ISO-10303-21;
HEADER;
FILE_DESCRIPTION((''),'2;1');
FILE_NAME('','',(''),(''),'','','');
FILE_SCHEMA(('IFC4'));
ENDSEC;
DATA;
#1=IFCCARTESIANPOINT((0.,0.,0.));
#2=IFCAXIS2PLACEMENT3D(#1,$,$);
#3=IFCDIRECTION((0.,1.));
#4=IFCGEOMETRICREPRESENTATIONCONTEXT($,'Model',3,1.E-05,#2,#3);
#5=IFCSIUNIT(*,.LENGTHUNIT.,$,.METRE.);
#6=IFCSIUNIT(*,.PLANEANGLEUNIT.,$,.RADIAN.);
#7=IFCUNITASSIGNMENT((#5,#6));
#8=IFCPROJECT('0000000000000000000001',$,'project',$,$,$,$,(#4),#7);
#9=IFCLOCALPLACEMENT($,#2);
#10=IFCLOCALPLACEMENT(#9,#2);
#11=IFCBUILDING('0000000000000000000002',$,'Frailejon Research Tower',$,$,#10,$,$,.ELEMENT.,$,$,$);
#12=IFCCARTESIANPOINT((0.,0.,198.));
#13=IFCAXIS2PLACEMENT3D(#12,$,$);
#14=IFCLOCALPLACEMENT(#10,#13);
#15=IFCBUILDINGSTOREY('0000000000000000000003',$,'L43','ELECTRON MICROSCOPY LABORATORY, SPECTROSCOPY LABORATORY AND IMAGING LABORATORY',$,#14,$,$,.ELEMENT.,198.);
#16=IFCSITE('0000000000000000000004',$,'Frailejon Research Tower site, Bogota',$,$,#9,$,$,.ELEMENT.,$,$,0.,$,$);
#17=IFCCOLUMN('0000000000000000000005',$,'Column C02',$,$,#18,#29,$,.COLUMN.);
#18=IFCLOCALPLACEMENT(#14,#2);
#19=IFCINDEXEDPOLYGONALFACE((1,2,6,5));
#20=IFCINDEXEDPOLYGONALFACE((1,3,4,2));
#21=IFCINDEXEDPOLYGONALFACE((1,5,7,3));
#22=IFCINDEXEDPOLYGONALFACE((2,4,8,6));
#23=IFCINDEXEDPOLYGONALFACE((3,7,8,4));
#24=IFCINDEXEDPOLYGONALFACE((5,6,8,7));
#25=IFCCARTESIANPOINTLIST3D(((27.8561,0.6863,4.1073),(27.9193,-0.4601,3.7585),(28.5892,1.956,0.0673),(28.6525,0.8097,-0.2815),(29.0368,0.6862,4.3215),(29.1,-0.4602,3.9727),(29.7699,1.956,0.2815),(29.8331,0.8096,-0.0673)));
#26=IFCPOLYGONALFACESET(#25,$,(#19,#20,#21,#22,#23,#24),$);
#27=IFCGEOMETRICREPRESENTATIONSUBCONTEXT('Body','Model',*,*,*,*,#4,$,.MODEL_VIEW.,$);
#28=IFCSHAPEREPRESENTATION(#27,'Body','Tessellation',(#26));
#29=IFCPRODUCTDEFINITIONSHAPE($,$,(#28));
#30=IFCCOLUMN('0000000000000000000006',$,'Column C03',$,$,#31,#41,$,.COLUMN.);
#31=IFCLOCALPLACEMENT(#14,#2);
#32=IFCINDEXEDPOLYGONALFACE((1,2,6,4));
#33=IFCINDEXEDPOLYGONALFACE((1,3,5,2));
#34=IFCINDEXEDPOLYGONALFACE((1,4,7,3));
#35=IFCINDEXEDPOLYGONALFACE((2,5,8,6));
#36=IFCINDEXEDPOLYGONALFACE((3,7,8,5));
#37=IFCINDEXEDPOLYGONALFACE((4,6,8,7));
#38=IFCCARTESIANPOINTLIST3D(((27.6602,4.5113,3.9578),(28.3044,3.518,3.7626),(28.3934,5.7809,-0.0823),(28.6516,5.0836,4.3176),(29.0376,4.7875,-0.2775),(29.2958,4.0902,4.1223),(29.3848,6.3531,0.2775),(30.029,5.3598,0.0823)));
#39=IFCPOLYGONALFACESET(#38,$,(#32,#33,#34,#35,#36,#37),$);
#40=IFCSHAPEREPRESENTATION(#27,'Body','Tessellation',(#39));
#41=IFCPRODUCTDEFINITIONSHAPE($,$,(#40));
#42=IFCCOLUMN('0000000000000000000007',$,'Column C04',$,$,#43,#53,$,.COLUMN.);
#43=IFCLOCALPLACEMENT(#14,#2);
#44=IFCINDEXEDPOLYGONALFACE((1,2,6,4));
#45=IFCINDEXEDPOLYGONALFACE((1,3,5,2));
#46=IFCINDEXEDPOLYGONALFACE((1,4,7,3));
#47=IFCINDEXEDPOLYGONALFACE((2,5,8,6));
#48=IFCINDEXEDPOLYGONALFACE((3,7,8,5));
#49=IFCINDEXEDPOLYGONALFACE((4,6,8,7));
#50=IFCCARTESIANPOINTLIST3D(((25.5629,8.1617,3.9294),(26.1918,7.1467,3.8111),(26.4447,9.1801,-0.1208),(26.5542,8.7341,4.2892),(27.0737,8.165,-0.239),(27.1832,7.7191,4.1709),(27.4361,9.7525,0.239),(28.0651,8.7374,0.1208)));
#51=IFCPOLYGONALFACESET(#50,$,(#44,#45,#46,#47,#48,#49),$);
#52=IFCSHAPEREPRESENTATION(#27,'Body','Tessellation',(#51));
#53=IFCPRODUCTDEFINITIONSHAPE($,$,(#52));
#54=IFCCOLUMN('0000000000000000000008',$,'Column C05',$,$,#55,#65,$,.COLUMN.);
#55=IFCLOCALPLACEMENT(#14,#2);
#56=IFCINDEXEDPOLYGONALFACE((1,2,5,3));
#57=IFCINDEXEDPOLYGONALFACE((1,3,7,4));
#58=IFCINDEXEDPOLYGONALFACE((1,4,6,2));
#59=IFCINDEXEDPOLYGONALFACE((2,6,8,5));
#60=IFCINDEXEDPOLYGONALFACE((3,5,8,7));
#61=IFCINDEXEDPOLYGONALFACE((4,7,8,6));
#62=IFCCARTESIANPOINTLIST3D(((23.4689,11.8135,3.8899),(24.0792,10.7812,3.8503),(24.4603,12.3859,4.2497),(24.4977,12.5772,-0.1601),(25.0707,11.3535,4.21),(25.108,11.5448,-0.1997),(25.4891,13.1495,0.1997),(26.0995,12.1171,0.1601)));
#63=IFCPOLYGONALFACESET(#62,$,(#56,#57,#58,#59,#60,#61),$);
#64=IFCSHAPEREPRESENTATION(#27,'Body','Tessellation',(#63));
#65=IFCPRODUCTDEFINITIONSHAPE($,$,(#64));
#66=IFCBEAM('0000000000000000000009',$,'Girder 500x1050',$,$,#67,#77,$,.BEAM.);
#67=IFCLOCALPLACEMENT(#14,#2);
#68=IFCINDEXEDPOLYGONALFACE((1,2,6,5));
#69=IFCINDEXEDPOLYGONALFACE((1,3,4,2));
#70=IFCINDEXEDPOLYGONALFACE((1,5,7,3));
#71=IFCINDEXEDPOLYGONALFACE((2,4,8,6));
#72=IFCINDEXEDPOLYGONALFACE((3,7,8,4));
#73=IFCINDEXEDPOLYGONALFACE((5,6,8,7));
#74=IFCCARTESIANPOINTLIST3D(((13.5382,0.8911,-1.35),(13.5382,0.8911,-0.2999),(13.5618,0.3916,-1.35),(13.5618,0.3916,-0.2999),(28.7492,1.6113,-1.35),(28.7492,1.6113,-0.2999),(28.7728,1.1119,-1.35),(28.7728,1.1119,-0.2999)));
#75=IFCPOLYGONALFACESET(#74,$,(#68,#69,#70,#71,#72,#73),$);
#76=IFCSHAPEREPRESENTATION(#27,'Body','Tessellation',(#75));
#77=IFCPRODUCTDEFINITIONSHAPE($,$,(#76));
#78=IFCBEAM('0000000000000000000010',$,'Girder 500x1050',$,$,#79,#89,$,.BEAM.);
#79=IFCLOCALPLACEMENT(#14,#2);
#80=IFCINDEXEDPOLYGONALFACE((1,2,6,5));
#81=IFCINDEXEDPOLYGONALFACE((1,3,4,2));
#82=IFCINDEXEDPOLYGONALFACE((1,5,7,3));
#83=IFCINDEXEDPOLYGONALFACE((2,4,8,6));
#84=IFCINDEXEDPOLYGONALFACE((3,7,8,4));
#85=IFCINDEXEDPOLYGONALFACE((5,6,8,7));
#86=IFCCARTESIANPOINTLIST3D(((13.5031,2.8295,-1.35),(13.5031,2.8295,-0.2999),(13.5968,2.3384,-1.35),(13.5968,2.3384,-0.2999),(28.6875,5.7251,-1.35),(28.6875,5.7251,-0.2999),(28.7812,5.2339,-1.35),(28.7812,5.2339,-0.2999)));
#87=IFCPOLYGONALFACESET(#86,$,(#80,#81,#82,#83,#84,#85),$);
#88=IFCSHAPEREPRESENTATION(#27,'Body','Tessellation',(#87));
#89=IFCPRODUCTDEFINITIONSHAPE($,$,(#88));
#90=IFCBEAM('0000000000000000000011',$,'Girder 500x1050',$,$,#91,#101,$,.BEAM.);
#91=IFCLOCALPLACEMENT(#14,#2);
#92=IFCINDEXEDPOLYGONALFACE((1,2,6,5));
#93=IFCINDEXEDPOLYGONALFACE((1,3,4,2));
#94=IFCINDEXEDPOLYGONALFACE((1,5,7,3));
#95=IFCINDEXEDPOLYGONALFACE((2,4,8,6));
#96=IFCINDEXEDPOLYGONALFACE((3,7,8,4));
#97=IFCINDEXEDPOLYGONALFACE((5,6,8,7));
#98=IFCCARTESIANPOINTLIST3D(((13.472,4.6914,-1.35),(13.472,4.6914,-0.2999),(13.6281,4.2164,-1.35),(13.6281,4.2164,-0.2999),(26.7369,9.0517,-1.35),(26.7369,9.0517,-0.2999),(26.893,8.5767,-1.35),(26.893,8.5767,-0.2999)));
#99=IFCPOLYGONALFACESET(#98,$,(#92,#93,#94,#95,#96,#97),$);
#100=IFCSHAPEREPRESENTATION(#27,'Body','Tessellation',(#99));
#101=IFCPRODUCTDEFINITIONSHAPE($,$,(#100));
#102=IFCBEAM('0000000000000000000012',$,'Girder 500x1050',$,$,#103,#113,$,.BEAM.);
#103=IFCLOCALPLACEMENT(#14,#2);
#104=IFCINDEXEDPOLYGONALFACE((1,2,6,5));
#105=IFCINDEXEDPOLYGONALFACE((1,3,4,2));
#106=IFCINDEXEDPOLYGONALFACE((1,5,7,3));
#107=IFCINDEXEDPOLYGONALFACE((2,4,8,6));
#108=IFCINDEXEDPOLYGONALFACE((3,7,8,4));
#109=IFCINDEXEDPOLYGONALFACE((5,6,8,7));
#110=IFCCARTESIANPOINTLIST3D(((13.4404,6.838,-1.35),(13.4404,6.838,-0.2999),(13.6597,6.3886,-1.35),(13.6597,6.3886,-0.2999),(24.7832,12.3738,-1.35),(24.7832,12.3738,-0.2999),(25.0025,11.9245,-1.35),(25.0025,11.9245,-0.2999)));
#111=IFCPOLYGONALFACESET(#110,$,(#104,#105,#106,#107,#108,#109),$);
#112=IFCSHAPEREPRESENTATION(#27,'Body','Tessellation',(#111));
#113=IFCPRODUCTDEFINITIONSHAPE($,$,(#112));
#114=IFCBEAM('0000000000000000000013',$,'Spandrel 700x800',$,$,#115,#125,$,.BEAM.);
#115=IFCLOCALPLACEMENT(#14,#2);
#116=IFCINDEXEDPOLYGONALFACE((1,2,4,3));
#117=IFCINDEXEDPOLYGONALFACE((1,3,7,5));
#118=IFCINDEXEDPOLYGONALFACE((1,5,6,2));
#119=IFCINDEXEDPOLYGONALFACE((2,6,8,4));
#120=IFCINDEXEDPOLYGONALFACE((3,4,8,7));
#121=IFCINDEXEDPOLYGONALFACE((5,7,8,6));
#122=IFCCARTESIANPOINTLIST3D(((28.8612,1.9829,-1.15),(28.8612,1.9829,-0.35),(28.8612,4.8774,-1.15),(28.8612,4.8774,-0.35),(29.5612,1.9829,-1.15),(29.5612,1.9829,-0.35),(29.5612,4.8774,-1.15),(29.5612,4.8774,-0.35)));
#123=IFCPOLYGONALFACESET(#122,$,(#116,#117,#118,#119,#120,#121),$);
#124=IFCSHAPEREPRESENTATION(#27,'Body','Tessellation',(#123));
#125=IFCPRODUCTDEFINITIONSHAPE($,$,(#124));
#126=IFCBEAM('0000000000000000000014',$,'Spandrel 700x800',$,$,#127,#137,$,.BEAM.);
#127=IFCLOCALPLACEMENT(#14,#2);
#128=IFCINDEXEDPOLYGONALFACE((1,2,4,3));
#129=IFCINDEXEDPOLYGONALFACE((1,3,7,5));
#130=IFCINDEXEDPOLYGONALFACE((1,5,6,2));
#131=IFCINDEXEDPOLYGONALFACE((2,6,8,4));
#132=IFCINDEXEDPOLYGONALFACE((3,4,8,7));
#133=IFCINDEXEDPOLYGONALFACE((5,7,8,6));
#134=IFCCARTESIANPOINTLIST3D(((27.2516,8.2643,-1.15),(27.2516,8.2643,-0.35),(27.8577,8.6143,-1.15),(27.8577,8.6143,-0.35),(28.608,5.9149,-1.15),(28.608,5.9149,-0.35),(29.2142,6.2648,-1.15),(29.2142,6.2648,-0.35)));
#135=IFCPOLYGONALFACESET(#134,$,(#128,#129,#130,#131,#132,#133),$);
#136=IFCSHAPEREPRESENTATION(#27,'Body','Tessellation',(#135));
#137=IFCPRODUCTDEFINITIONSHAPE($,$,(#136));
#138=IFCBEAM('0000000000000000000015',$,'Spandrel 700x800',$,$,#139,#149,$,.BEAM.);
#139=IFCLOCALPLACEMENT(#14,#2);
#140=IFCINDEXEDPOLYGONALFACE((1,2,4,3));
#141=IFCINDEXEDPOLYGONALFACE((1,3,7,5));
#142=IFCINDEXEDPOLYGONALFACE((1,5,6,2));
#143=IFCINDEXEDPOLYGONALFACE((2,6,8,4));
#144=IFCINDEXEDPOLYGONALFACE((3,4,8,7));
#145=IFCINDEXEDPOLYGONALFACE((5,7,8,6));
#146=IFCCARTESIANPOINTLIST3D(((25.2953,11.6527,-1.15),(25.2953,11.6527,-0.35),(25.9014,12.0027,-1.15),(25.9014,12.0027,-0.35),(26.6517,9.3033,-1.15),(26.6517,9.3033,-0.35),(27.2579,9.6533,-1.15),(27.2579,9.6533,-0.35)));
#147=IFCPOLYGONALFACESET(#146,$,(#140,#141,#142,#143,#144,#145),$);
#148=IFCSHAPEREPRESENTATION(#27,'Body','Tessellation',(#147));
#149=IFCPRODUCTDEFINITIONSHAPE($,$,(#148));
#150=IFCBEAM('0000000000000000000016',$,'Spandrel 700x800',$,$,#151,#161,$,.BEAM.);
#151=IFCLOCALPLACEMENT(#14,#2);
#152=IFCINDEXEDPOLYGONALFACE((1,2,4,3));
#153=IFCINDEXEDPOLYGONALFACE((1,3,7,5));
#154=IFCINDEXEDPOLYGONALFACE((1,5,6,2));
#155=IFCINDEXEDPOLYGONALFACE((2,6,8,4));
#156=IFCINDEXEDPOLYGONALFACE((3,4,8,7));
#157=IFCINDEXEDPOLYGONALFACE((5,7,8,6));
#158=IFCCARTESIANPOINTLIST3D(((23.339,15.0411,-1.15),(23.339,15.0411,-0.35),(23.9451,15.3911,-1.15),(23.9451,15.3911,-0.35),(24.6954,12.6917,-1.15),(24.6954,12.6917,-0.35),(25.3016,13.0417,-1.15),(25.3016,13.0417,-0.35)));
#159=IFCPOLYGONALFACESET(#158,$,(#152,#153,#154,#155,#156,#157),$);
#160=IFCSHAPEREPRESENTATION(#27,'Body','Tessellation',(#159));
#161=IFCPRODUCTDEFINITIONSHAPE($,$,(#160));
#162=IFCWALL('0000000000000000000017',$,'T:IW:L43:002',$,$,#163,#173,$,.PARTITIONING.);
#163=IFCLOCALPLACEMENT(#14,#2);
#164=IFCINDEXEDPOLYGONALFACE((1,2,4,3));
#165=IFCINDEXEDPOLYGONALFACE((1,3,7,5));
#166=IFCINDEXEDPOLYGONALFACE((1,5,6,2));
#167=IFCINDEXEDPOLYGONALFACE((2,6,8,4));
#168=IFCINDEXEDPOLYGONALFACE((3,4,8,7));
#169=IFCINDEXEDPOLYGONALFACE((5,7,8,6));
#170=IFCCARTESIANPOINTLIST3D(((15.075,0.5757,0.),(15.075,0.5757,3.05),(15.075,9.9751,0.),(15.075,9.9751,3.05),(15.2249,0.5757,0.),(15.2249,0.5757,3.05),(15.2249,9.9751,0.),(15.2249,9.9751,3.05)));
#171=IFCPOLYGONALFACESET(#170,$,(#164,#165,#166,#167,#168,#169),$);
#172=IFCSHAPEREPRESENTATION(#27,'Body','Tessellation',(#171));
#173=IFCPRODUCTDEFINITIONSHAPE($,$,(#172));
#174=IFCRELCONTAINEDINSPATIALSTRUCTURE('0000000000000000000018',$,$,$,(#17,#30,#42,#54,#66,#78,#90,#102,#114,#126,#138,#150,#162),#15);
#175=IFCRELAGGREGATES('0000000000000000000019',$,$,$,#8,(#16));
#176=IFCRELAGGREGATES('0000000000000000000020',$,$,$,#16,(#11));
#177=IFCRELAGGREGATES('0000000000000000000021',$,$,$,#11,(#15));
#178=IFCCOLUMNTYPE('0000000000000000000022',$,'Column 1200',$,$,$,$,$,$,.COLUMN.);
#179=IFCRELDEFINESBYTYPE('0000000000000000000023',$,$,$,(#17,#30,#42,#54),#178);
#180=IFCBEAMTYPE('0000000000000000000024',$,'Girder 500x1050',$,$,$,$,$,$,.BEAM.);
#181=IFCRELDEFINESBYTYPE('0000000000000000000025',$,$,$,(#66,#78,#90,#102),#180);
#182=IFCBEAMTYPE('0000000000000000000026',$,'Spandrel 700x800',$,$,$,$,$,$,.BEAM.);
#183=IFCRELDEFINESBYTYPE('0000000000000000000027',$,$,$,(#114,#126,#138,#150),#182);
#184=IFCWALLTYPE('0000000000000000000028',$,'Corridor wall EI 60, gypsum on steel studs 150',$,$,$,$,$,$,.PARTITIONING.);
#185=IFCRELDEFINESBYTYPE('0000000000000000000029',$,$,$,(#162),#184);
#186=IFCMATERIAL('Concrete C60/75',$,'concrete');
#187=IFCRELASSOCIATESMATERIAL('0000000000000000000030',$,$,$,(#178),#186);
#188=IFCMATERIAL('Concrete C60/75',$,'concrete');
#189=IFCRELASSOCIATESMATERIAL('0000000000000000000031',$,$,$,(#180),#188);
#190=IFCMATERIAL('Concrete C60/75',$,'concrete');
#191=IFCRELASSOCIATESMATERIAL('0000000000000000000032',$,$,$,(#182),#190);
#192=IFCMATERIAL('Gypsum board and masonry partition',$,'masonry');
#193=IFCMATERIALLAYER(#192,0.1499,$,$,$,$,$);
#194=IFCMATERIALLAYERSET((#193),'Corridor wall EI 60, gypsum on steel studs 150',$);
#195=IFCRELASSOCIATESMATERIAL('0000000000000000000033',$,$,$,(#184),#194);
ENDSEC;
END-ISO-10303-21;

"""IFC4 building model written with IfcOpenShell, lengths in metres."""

from ifc_helpers import new_model, si_unit, direction, frame, frame_2d, origin, origin_2d, place, context, subcontext, project, spatial, rectangle, extrude, material, layer, layer_set, material_profile, profile_set, type_object, element, save


model = new_model("IFC4")

# Units and contexts
model_context = context("Model", 3, precision=1e-05, world=origin(), true_north=direction((0.0, 1.0)))
body_context = subcontext(model_context, "Body", "Model", "MODEL_VIEW")
ifc_project = project(units=[si_unit("LENGTHUNIT", "METRE"), si_unit("PLANEANGLEUNIT", "RADIAN")], contexts=[model_context])

# Site, building, storey
site_placement = place(None, origin())
site = spatial("IfcSite", under=ifc_project, at=site_placement, Name="Frailejon Research Tower site, Bogota", CompositionType="ELEMENT", RefElevation=0.0)
building_placement = place(site_placement, origin())
building = spatial("IfcBuilding", under=site, at=building_placement, Name="Frailejon Research Tower", CompositionType="ELEMENT")
storey_placement = place(building_placement, frame((0.0, 0.0, 198.0)))
storey = spatial("IfcBuildingStorey", under=building, at=storey_placement, Name="L43", Description="ELECTRON MICROSCOPY LABORATORY, SPECTROSCOPY LABORATORY AND IMAGING LABORATORY", CompositionType="ELEMENT", Elevation=198.0)

# Columns
ifc_material_1 = material(Name="Concrete C60/75", Category="concrete")
ifc_material_profile_1 = material_profile(ifc_material_1, rectangle(XDim=1.2, YDim=1.2, at=origin_2d()), Name="Column 1200")
ifc_profile_set_1 = profile_set([ifc_material_profile_1], Name="Concrete C60/75")
column_type = type_object("IfcColumnType", Name="Column 1200", PredefinedType="COLUMN", material=ifc_profile_set_1)
for number, where, z_axis, x_axis, name in (
    (1, (29.2112, 1.3828, 0.0), (-0.170585, -0.295442, 0.940008), (-0.052685, 0.955361, 0.290707), "Column C02"),
    (2, (29.2112, 5.5703, 0.0), (-0.170588, -0.295391, 0.940023), (-0.536862, 0.827831, 0.16271), "Column C03"),
):
    element("IfcColumn", number, at=place(storey_placement, frame(where, z_axis=z_axis, x_axis=x_axis)), inside=storey, type_object=column_type, Name=name, PredefinedType="COLUMN", context=body_context, shape_type="SweptSolid", body=[
        extrude(rectangle(XDim=1.2, YDim=1.2, at=origin_2d()), origin(), (0.0, 0.0, 1.0), 4.2979),
    ])
column_1_placement = place(storey_placement, frame((27.2549, 8.9587, 0.0), z_axis=(-0.206606, -0.238581, 0.94889), x_axis=(-0.524171, 0.845891, 0.098554)))
element("IfcColumn", 3, at=column_1_placement, inside=storey, type_object=column_type, Name="Column C04", PredefinedType="COLUMN", context=body_context, shape_type="SweptSolid", body=[
    extrude(rectangle(XDim=1.2, YDim=1.2, at=origin_2d()), origin(), (0.0, 0.0, 1.0), 4.2683),
])
column_2_placement = place(storey_placement, frame((25.2986, 12.3472, 0.0), z_axis=(-0.242193, -0.179777, 0.953427), x_axis=(-0.508629, 0.860352, 0.033023)))
element("IfcColumn", 4, at=column_2_placement, inside=storey, type_object=column_type, Name="Column C05", PredefinedType="COLUMN", context=body_context, shape_type="SweptSolid", body=[
    extrude(rectangle(XDim=1.2, YDim=1.2, at=origin_2d()), origin(), (0.0, 0.0, 1.0), 4.2478),
])

# Beams
ifc_material_2 = material(Name="Concrete C60/75", Category="concrete")
ifc_material_profile_2 = material_profile(ifc_material_2, rectangle(XDim=0.5, YDim=1.05, at=origin_2d()), Name="Girder 500x1050")
ifc_profile_set_2 = profile_set([ifc_material_profile_2], Name="Concrete C60/75")
beam_type_1 = type_object("IfcBeamType", Name="Girder 500x1050", PredefinedType="BEAM", material=ifc_profile_set_2)
beam_1_placement = place(storey_placement, frame((28.761, 1.3616, -0.825), z_axis=(-0.998881, -0.047295, 0.0), x_axis=(0.047295, -0.998881, 0.0)))
element("IfcBeam", 5, at=beam_1_placement, inside=storey, type_object=beam_type_1, Name="Girder 500x1050", PredefinedType="BEAM", context=body_context, shape_type="SweptSolid", body=[
    extrude(rectangle(XDim=0.5, YDim=1.05, at=origin_2d()), origin(), (0.0, 0.0, 1.0), 15.228),
])
beam_2_placement = place(storey_placement, frame((28.7344, 5.4795, -0.825), z_axis=(-0.9823, -0.187315, 0.0), x_axis=(0.187315, -0.9823, 0.0)))
element("IfcBeam", 6, at=beam_2_placement, inside=storey, type_object=beam_type_1, Name="Girder 500x1050", PredefinedType="BEAM", context=body_context, shape_type="SweptSolid", body=[
    extrude(rectangle(XDim=0.5, YDim=1.05, at=origin_2d()), origin(), (0.0, 0.0, 1.0), 15.458),
])
beam_3_placement = place(storey_placement, frame((26.8149, 8.8142, -0.825), z_axis=(-0.949992, -0.312275, 0.0), x_axis=(0.312275, -0.949992, 0.0)))
element("IfcBeam", 7, at=beam_3_placement, inside=storey, type_object=beam_type_1, Name="Girder 500x1050", PredefinedType="BEAM", context=body_context, shape_type="SweptSolid", body=[
    extrude(rectangle(XDim=0.5, YDim=1.05, at=origin_2d()), origin(), (0.0, 0.0, 1.0), 13.9631),
])
beam_4_placement = place(storey_placement, frame((24.8928, 12.1492, -0.825), z_axis=(-0.89868, -0.438605, 0.0), x_axis=(0.438605, -0.89868, 0.0)))
element("IfcBeam", 8, at=beam_4_placement, inside=storey, type_object=beam_type_1, Name="Girder 500x1050", PredefinedType="BEAM", context=body_context, shape_type="SweptSolid", body=[
    extrude(rectangle(XDim=0.5, YDim=1.05, at=origin_2d()), origin(), (0.0, 0.0, 1.0), 12.6216),
])
ifc_material_3 = material(Name="Concrete C60/75", Category="concrete")
ifc_material_profile_3 = material_profile(ifc_material_3, rectangle(XDim=0.7, YDim=0.8, at=origin_2d()), Name="Spandrel 700x800")
ifc_profile_set_3 = profile_set([ifc_material_profile_3], Name="Concrete C60/75")
beam_type_2 = type_object("IfcBeamType", Name="Spandrel 700x800", PredefinedType="BEAM", material=ifc_profile_set_3)
beam_5_placement = place(storey_placement, frame((29.2112, 1.9829, -0.75), z_axis=(0.0, 1.0, 0.0), x_axis=(-1.0, 0.0, 0.0)))
element("IfcBeam", 9, at=beam_5_placement, inside=storey, type_object=beam_type_2, Name="Spandrel 700x800", PredefinedType="BEAM", context=body_context, shape_type="SweptSolid", body=[
    extrude(rectangle(XDim=0.7, YDim=0.8, at=origin_2d()), origin(), (0.0, 0.0, 1.0), 2.8945),
])
for number, where, z_axis, x_axis, name in (
    (10, (28.9111, 6.0898, -0.75), (-0.500011, 0.866019, 0.0), (-0.866019, -0.500011, 0.0), "Spandrel 700x800"),
    (11, (26.9548, 9.4783, -0.75), (-0.500011, 0.866019, 0.0), (-0.866019, -0.500011, 0.0), "Spandrel 700x800"),
    (12, (24.9985, 12.8667, -0.75), (-0.500011, 0.866019, 0.0), (-0.866019, -0.500011, 0.0), "Spandrel 700x800"),
):
    element("IfcBeam", number, at=place(storey_placement, frame(where, z_axis=z_axis, x_axis=x_axis)), inside=storey, type_object=beam_type_2, Name=name, PredefinedType="BEAM", context=body_context, shape_type="SweptSolid", body=[
        extrude(rectangle(XDim=0.7, YDim=0.8, at=origin_2d()), origin(), (0.0, 0.0, 1.0), 2.7129),
    ])

# Wall
ifc_material_4 = material(Name="Gypsum board and masonry partition", Category="masonry")
ifc_layer_1 = layer(ifc_material_4, 0.1499)
ifc_layer_set_1 = layer_set([ifc_layer_1], Name="Corridor wall EI 60, gypsum on steel studs 150")
wall_type_1 = type_object("IfcWallType", Name="Corridor wall EI 60, gypsum on steel studs 150", PredefinedType="PARTITIONING", material=ifc_layer_set_1)
wall_1_placement = place(storey_placement, frame((15.1499, 0.5757, 0.0), z_axis=(0.0, 0.0, 1.0), x_axis=(0.0, 1.0, 0.0)))
element("IfcWall", 13, at=wall_1_placement, inside=storey, type_object=wall_type_1, Name="T:IW:L43:002", PredefinedType="PARTITIONING", context=body_context, shape_type="SweptSolid", body=[
    extrude(rectangle(XDim=9.3994, YDim=0.1499, at=frame_2d((4.6997, 0.0))), origin(), (0.0, 0.0, 1.0), 3.05),
])

save(model, "model.ifc")
